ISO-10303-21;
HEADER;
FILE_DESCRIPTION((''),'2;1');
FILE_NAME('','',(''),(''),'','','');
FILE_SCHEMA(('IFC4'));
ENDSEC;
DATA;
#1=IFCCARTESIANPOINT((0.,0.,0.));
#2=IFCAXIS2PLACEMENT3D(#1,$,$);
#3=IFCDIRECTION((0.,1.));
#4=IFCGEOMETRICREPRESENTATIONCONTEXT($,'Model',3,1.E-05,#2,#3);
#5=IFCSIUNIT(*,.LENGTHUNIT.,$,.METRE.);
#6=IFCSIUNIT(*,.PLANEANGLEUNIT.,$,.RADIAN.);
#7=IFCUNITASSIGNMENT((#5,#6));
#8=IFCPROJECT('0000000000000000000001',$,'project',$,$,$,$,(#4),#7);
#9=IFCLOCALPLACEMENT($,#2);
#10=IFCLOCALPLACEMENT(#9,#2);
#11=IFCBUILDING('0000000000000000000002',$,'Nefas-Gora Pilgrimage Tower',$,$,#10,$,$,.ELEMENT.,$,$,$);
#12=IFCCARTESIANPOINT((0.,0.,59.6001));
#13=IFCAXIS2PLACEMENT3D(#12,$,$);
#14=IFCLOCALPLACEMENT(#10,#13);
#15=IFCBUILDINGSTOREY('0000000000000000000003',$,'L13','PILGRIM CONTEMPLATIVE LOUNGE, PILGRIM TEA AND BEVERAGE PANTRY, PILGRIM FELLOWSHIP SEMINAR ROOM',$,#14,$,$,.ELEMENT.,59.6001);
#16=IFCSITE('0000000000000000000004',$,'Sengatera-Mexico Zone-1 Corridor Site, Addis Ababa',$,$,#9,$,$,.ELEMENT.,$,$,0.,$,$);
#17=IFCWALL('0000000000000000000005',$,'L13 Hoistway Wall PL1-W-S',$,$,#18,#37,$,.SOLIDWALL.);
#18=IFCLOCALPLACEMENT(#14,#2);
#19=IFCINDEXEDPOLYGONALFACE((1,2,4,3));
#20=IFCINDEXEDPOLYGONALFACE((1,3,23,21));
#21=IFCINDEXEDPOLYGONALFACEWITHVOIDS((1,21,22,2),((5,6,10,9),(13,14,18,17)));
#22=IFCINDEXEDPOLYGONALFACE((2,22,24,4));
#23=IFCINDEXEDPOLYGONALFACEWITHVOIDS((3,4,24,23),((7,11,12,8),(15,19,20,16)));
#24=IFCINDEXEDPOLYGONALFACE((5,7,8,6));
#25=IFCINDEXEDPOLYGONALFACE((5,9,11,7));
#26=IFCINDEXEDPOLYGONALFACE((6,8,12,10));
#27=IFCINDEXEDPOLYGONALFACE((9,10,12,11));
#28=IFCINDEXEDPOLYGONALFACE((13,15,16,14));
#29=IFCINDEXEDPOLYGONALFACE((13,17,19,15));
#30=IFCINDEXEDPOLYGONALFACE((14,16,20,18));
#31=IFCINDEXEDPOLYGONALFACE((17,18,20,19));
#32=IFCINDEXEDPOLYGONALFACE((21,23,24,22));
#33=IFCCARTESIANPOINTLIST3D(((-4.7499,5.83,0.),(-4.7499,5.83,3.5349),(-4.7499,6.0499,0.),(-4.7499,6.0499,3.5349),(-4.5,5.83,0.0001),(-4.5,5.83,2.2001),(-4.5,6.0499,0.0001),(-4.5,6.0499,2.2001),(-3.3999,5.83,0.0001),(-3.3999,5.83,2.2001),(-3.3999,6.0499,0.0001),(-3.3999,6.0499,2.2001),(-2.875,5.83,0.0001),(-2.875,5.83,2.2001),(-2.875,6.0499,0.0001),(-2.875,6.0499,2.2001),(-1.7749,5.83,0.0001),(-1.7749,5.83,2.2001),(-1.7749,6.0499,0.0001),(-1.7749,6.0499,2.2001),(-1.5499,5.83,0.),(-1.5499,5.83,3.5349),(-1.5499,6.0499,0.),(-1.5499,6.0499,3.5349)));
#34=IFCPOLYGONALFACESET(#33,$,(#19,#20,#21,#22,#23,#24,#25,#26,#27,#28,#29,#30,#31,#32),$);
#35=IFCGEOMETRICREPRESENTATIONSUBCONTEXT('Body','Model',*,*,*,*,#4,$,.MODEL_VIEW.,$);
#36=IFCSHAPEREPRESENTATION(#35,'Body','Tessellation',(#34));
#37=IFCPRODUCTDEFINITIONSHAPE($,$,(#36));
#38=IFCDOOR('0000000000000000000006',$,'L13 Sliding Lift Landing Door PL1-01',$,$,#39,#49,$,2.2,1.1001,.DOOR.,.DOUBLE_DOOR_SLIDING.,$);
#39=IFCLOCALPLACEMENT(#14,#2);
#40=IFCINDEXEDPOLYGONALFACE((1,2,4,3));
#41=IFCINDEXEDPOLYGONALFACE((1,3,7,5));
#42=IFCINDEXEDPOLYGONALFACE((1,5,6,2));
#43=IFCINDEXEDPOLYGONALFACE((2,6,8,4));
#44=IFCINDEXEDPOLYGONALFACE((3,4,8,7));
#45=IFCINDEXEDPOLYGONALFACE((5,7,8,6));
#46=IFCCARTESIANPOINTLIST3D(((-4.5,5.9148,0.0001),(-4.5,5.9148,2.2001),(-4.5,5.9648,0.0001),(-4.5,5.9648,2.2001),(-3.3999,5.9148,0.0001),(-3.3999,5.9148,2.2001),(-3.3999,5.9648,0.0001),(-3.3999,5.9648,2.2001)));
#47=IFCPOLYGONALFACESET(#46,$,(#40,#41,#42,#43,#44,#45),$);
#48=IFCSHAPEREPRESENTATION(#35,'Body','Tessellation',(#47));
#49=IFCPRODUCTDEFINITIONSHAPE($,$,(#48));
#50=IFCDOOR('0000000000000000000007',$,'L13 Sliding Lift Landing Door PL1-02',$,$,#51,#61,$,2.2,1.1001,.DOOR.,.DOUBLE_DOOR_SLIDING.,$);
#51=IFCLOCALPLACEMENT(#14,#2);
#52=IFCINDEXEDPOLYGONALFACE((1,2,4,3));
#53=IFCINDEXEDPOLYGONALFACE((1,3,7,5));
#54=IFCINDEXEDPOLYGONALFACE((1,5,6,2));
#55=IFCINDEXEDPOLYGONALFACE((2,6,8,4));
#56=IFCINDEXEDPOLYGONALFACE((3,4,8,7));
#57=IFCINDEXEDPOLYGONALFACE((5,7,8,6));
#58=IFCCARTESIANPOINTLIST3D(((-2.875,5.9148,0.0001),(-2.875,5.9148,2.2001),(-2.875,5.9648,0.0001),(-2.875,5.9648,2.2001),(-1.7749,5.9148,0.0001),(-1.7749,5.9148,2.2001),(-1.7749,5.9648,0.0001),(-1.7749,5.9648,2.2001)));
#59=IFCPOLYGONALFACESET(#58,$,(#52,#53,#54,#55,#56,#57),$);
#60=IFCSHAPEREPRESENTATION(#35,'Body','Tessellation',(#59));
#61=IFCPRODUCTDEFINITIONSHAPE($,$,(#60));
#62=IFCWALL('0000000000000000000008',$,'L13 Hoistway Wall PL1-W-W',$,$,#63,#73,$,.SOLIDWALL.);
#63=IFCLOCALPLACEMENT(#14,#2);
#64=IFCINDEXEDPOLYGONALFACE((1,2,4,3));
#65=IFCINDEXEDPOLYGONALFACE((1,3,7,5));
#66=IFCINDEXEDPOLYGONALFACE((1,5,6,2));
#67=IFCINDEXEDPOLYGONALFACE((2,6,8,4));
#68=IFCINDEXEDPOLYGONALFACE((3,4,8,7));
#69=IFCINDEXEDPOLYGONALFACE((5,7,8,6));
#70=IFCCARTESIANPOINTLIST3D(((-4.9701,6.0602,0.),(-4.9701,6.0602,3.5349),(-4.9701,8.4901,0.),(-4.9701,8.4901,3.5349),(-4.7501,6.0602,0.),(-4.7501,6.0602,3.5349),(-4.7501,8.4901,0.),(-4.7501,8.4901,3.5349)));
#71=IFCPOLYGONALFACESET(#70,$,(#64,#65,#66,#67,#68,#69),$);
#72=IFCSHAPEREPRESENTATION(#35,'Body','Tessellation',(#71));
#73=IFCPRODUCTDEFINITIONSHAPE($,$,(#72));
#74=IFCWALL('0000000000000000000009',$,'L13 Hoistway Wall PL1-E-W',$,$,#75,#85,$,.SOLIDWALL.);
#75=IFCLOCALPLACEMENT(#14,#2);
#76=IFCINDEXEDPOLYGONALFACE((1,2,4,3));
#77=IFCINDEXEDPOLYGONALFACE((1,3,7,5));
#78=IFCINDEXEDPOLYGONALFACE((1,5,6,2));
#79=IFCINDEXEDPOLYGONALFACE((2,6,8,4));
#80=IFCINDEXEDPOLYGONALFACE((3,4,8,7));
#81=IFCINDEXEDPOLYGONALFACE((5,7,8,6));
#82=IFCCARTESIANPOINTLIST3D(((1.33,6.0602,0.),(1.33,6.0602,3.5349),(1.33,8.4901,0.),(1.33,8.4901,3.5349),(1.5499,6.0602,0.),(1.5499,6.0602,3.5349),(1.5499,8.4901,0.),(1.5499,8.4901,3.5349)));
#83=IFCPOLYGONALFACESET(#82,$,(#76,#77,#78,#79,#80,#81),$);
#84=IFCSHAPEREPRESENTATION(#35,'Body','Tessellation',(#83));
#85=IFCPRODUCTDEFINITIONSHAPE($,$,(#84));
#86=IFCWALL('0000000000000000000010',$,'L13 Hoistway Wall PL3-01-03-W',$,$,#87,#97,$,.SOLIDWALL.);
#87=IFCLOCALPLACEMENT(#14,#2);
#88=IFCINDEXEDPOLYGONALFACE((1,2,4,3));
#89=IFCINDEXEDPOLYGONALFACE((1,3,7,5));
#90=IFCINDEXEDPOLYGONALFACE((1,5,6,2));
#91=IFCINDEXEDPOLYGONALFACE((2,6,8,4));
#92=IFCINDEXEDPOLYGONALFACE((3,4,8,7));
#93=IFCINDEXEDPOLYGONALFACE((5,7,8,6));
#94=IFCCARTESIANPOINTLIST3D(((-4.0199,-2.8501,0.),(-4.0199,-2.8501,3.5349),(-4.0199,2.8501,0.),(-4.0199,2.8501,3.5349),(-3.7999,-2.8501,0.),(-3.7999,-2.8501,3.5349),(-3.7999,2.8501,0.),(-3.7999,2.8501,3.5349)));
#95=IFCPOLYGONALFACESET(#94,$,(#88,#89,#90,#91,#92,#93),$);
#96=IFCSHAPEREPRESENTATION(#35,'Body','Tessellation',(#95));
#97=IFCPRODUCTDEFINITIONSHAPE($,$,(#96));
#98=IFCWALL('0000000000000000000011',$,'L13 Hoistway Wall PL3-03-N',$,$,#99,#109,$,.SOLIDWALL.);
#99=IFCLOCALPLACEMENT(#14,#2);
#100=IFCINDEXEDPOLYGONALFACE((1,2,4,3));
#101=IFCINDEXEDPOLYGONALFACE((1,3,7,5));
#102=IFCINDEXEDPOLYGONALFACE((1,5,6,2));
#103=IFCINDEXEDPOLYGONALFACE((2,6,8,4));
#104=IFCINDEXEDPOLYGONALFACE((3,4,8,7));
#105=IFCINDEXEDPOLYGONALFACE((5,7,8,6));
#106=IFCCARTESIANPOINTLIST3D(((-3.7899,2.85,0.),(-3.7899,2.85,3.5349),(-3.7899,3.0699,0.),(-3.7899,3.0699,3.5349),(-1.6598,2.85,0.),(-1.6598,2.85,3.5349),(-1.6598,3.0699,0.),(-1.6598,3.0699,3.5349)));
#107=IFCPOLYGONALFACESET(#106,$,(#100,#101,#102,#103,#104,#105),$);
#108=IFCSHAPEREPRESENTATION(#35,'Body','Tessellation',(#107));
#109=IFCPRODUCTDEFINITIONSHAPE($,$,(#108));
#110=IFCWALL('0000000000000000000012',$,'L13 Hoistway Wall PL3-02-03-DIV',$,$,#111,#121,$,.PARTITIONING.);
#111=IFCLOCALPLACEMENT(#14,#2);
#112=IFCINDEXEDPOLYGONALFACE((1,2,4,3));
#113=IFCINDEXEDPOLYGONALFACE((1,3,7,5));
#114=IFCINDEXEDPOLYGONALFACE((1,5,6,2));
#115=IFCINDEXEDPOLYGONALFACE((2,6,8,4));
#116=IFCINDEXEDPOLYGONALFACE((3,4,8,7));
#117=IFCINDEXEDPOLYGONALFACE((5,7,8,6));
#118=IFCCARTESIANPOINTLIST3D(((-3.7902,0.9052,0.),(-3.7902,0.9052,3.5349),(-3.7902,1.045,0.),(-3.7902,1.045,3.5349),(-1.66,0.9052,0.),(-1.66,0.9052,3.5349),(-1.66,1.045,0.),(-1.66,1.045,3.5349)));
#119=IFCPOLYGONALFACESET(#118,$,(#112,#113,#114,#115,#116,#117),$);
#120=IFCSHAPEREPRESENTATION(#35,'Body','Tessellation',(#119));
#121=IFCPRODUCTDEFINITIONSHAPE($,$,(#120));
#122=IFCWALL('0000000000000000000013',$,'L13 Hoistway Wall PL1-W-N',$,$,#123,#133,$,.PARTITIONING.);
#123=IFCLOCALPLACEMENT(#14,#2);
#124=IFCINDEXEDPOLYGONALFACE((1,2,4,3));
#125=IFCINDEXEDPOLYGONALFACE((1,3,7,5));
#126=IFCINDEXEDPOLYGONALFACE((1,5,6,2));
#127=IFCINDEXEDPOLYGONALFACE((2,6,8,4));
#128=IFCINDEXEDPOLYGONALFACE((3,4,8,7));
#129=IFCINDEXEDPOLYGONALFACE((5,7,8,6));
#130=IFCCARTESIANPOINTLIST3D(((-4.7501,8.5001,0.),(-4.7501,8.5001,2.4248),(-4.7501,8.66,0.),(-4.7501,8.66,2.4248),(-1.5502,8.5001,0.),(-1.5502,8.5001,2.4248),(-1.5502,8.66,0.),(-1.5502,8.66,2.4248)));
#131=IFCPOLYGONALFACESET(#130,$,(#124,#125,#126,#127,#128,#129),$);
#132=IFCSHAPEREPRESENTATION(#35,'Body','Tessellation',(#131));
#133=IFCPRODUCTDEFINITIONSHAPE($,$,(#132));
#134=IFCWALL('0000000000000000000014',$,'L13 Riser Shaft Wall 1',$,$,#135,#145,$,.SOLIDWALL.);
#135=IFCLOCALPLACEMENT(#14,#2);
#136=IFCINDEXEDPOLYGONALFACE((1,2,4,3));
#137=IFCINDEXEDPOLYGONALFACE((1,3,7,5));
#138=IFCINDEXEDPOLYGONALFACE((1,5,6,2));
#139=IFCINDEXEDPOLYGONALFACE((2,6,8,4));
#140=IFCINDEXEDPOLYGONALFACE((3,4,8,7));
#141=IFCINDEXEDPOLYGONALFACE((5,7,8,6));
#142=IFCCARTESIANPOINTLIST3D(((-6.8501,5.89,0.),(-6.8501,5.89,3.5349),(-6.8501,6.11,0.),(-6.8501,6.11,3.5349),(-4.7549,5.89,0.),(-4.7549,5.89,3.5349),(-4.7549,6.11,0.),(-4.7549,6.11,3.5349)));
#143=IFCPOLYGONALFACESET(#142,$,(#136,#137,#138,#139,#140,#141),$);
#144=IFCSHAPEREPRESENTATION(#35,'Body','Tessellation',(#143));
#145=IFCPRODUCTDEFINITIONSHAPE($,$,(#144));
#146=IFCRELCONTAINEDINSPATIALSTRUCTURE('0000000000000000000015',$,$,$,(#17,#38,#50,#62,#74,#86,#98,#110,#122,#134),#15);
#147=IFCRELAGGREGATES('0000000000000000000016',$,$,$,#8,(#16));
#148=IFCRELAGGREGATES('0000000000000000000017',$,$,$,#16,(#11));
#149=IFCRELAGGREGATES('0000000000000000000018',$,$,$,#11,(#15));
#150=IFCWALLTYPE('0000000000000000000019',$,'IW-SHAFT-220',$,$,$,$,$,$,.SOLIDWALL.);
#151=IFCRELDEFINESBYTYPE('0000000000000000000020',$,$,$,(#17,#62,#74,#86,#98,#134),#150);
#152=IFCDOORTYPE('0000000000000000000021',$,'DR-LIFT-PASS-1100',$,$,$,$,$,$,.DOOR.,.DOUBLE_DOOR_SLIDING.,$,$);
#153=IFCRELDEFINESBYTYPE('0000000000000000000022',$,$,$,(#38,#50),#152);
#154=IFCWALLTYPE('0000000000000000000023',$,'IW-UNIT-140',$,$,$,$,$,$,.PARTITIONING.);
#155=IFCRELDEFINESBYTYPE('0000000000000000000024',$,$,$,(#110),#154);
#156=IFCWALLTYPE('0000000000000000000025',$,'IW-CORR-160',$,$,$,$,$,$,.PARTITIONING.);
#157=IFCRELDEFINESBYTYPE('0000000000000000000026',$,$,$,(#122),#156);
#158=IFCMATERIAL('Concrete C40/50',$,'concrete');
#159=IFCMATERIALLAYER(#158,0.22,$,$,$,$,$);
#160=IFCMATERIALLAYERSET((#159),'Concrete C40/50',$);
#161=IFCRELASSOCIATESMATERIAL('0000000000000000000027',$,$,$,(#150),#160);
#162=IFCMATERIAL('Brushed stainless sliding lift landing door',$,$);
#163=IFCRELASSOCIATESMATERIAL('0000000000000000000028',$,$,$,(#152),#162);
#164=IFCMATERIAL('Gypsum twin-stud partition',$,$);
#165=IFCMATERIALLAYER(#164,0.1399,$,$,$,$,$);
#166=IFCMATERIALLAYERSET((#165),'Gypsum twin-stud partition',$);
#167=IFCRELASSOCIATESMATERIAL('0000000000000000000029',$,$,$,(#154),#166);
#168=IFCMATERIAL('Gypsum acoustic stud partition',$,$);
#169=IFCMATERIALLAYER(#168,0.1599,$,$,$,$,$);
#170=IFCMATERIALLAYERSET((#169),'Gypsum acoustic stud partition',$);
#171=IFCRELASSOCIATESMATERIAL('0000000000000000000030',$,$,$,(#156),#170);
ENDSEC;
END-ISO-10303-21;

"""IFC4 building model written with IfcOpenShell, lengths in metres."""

from ifc_helpers import new_model, si_unit, direction, frame, frame_2d, origin, place, context, subcontext, project, spatial, rectangle, extrude, source, transform, mapped, material, layer, layer_set, type_object, element, fill, save


model = new_model("IFC4")

# Units and contexts
model_context = context("Model", 3, precision=1e-05, world=origin(), true_north=direction((0.0, 1.0)))
body_context = subcontext(model_context, "Body", "Model", "MODEL_VIEW")
ifc_project = project(units=[si_unit("LENGTHUNIT", "METRE"), si_unit("PLANEANGLEUNIT", "RADIAN")], contexts=[model_context])

# Site, building, storey
site_placement = place(None, origin())
site = spatial("IfcSite", under=ifc_project, at=site_placement, Name="Sengatera-Mexico Zone-1 Corridor Site, Addis Ababa", CompositionType="ELEMENT", RefElevation=0.0)
building_placement = place(site_placement, origin())
building = spatial("IfcBuilding", under=site, at=building_placement, Name="Nefas-Gora Pilgrimage Tower", CompositionType="ELEMENT")
storey_placement = place(building_placement, frame((0.0, 0.0, 59.6001)))
storey = spatial("IfcBuildingStorey", under=building, at=storey_placement, Name="L13", Description="PILGRIM CONTEMPLATIVE LOUNGE, PILGRIM TEA AND BEVERAGE PANTRY, PILGRIM FELLOWSHIP SEMINAR ROOM", CompositionType="ELEMENT", Elevation=59.6001)

# Shared definitions
ifc_material_1 = material(Name="Concrete C40/50", Category="concrete")

# Shared definitions
ifc_layer_1 = layer(ifc_material_1, 0.22)
ifc_layer_set_1 = layer_set([ifc_layer_1], Name="Concrete C40/50")
wall_type_1 = type_object("IfcWallType", Name="IW-SHAFT-220", PredefinedType="SOLIDWALL", material=ifc_layer_set_1)

# Wall, openings, doors
shared_shape_1 = source(origin(), body_context, "Body", "SweptSolid", [
    extrude(rectangle(XDim=3.2, YDim=0.22, at=frame_2d((1.6001, 0.0))), origin(), (0.0, 0.0, 1.0), 3.5349),
])
wall_1_placement = place(storey_placement, frame((-4.75, 5.9399, 0.0), z_axis=(0.0, 0.0, 1.0), x_axis=(1.0, 0.0, 0.0)))
wall_1 = element("IfcWall", 1, at=wall_1_placement, inside=storey, type_object=wall_type_1, Name="L13 Hoistway Wall PL1-W-S", PredefinedType="SOLIDWALL", context=body_context, shape_type="MappedRepresentation", body=[
    mapped(shared_shape_1, transform((0.0, 0.0, 0.0), x_axis=(1.0, 0.0, 0.0), y_axis=(0.0, 1.0, 0.0), z_axis=(0.0, 0.0, 1.0), scale=1.0)),
])
opening_1_placement = place(wall_1_placement, frame((0.25, 0.0, 0.0)))
opening_1 = element("IfcOpeningElement", 2, at=opening_1_placement, cuts=wall_1, PredefinedType="OPENING", context=body_context, shape_type="SweptSolid", body=[
    extrude(rectangle(XDim=1.1001, YDim=2.2, at=frame_2d((0.55, 1.1001))), frame((0.0, 0.1199, 0.0), z_axis=(0.0, -1.0, 0.0), x_axis=(1.0, 0.0, 0.0)), (0.0, 0.0, 1.0), 0.24),
])
opening_2_placement = place(wall_1_placement, frame((1.875, 0.0, 0.0)))
opening_2 = element("IfcOpeningElement", 3, at=opening_2_placement, cuts=wall_1, PredefinedType="OPENING", context=body_context, shape_type="SweptSolid", body=[
    extrude(rectangle(XDim=1.1001, YDim=2.2, at=frame_2d((0.55, 1.1001))), frame((0.0, 0.1199, 0.0), z_axis=(0.0, -1.0, 0.0), x_axis=(1.0, 0.0, 0.0)), (0.0, 0.0, 1.0), 0.24),
])
ifc_material_2 = material(Name="Brushed stainless sliding lift landing door")
door_type_1 = type_object("IfcDoorType", Name="DR-LIFT-PASS-1100", OperationType="DOUBLE_DOOR_SLIDING", PredefinedType="DOOR", material=ifc_material_2)
shared_shape_2 = source(origin(), body_context, "Body", "SweptSolid", [
    extrude(rectangle(XDim=1.1001, YDim=2.2, at=frame_2d((0.55, 1.1001))), frame((0.0, 0.0249, 0.0), z_axis=(0.0, -1.0, 0.0), x_axis=(1.0, 0.0, 0.0)), (0.0, 0.0, 1.0), 0.05),
])
door_1_placement = place(opening_1_placement, origin())
door_1 = element("IfcDoor", 4, at=door_1_placement, inside=storey, type_object=door_type_1, Name="L13 Sliding Lift Landing Door PL1-01", OperationType="DOUBLE_DOOR_SLIDING", OverallHeight=2.2, OverallWidth=1.1001, PredefinedType="DOOR", context=body_context, shape_type="MappedRepresentation", body=[
    mapped(shared_shape_2, transform((0.0, 0.0, 0.0), x_axis=(1.0, 0.0, 0.0), y_axis=(0.0, 1.0, 0.0), z_axis=(0.0, 0.0, 1.0), scale=1.0)),
])
fill(opening_1, door_1)
door_2_placement = place(opening_2_placement, origin())
door_2 = element("IfcDoor", 5, at=door_2_placement, inside=storey, type_object=door_type_1, Name="L13 Sliding Lift Landing Door PL1-02", OperationType="DOUBLE_DOOR_SLIDING", OverallHeight=2.2, OverallWidth=1.1001, PredefinedType="DOOR", context=body_context, shape_type="MappedRepresentation", body=[
    mapped(shared_shape_2, transform((0.0, 0.0, 0.0), x_axis=(1.0, 0.0, 0.0), y_axis=(0.0, 1.0, 0.0), z_axis=(0.0, 0.0, 1.0), scale=1.0)),
])
fill(opening_2, door_2)

# Walls
shared_shape_3 = source(origin(), body_context, "Body", "SweptSolid", [
    extrude(rectangle(XDim=2.4299, YDim=0.22, at=frame_2d((1.2148, 0.0))), origin(), (0.0, 0.0, 1.0), 3.5349),
])
for number, where, z_axis, x_axis, name in (
    (6, (-4.8601, 8.49, 0.0), (0.0, 0.0, 1.0), (0.0, -1.0, 0.0), "L13 Hoistway Wall PL1-W-W"),
    (7, (1.4399, 8.49, 0.0), (0.0, 0.0, 1.0), (0.0, -1.0, 0.0), "L13 Hoistway Wall PL1-E-W"),
):
    element("IfcWall", number, at=place(storey_placement, frame(where, z_axis=z_axis, x_axis=x_axis)), inside=storey, type_object=wall_type_1, Name=name, PredefinedType="SOLIDWALL", context=body_context, shape_type="MappedRepresentation", body=[
        mapped(shared_shape_3, transform((0.0, 0.0, 0.0), x_axis=(1.0, 0.0, 0.0), y_axis=(0.0, 1.0, 0.0), z_axis=(0.0, 0.0, 1.0), scale=1.0)),
    ])
ifc_material_3 = material(Name="Gypsum twin-stud partition")
ifc_layer_2 = layer(ifc_material_3, 0.1399)
ifc_layer_set_2 = layer_set([ifc_layer_2], Name="Gypsum twin-stud partition")
wall_type_2 = type_object("IfcWallType", Name="IW-UNIT-140", PredefinedType="PARTITIONING", material=ifc_layer_set_2)
shared_shape_4 = source(origin(), body_context, "Body", "SweptSolid", [
    extrude(rectangle(XDim=5.7002, YDim=0.22, at=frame_2d((2.8501, 0.0))), origin(), (0.0, 0.0, 1.0), 3.5349),
])
wall_2_placement = place(storey_placement, frame((-3.9099, 2.8501, 0.0), z_axis=(0.0, 0.0, 1.0), x_axis=(0.0, -1.0, 0.0)))
element("IfcWall", 8, at=wall_2_placement, inside=storey, type_object=wall_type_1, Name="L13 Hoistway Wall PL3-01-03-W", PredefinedType="SOLIDWALL", context=body_context, shape_type="MappedRepresentation", body=[
    mapped(shared_shape_4, transform((0.0, 0.0, 0.0), x_axis=(1.0, 0.0, 0.0), y_axis=(0.0, 1.0, 0.0), z_axis=(0.0, 0.0, 1.0), scale=1.0)),
])
shared_shape_5 = source(origin(), body_context, "Body", "SweptSolid", [
    extrude(rectangle(XDim=2.1301, YDim=0.22, at=frame_2d((1.0649, 0.0))), origin(), (0.0, 0.0, 1.0), 3.5349),
])
wall_3_placement = place(storey_placement, frame((-1.6599, 2.96, 0.0), z_axis=(0.0, 0.0, 1.0), x_axis=(-1.0, 0.0, 0.0)))
element("IfcWall", 9, at=wall_3_placement, inside=storey, type_object=wall_type_1, Name="L13 Hoistway Wall PL3-03-N", PredefinedType="SOLIDWALL", context=body_context, shape_type="MappedRepresentation", body=[
    mapped(shared_shape_5, transform((0.0, 0.0, 0.0), x_axis=(1.0, 0.0, 0.0), y_axis=(0.0, 1.0, 0.0), z_axis=(0.0, 0.0, 1.0), scale=1.0)),
])
shared_shape_6 = source(origin(), body_context, "Body", "SweptSolid", [
    extrude(rectangle(XDim=2.1301, YDim=0.1399, at=frame_2d((1.0649, 0.0))), origin(), (0.0, 0.0, 1.0), 3.5349),
])
wall_4_placement = place(storey_placement, frame((-3.79, 0.9751, 0.0), z_axis=(0.0, 0.0, 1.0), x_axis=(1.0, 0.0, 0.0)))
element("IfcWall", 10, at=wall_4_placement, inside=storey, type_object=wall_type_2, Name="L13 Hoistway Wall PL3-02-03-DIV", PredefinedType="PARTITIONING", context=body_context, shape_type="MappedRepresentation", body=[
    mapped(shared_shape_6, transform((0.0, 0.0, 0.0), x_axis=(1.0, 0.0, 0.0), y_axis=(0.0, 1.0, 0.0), z_axis=(0.0, 0.0, 1.0), scale=1.0)),
])
ifc_material_4 = material(Name="Gypsum acoustic stud partition")
ifc_layer_3 = layer(ifc_material_4, 0.1599)
ifc_layer_set_3 = layer_set([ifc_layer_3], Name="Gypsum acoustic stud partition")
wall_type_3 = type_object("IfcWallType", Name="IW-CORR-160", PredefinedType="PARTITIONING", material=ifc_layer_set_3)
shared_shape_7 = source(origin(), body_context, "Body", "SweptSolid", [
    extrude(rectangle(XDim=3.2, YDim=0.1599, at=frame_2d((1.6001, 0.0))), origin(), (0.0, 0.0, 1.0), 2.4248),
])
wall_5_placement = place(storey_placement, frame((-1.55, 8.5801, 0.0), z_axis=(0.0, 0.0, 1.0), x_axis=(-1.0, 0.0, 0.0)))
element("IfcWall", 11, at=wall_5_placement, inside=storey, type_object=wall_type_3, Name="L13 Hoistway Wall PL1-W-N", PredefinedType="PARTITIONING", context=body_context, shape_type="MappedRepresentation", body=[
    mapped(shared_shape_7, transform((0.0, 0.0, 0.0), x_axis=(1.0, 0.0, 0.0), y_axis=(0.0, 1.0, 0.0), z_axis=(0.0, 0.0, 1.0), scale=1.0)),
])
shared_shape_8 = source(origin(), body_context, "Body", "SweptSolid", [
    extrude(rectangle(XDim=2.0952, YDim=0.22, at=frame_2d((1.0476, 0.0))), origin(), (0.0, 0.0, 1.0), 3.5349),
])
wall_6_placement = place(storey_placement, frame((-6.8501, 6.0, 0.0), z_axis=(0.0, 0.0, 1.0), x_axis=(1.0, 0.0, 0.0)))
element("IfcWall", 12, at=wall_6_placement, inside=storey, type_object=wall_type_1, Name="L13 Riser Shaft Wall 1", PredefinedType="SOLIDWALL", context=body_context, shape_type="MappedRepresentation", body=[
    mapped(shared_shape_8, transform((0.0, 0.0, 0.0), x_axis=(1.0, 0.0, 0.0), y_axis=(0.0, 1.0, 0.0), z_axis=(0.0, 0.0, 1.0), scale=1.0)),
])

save(model, "model.ifc")
